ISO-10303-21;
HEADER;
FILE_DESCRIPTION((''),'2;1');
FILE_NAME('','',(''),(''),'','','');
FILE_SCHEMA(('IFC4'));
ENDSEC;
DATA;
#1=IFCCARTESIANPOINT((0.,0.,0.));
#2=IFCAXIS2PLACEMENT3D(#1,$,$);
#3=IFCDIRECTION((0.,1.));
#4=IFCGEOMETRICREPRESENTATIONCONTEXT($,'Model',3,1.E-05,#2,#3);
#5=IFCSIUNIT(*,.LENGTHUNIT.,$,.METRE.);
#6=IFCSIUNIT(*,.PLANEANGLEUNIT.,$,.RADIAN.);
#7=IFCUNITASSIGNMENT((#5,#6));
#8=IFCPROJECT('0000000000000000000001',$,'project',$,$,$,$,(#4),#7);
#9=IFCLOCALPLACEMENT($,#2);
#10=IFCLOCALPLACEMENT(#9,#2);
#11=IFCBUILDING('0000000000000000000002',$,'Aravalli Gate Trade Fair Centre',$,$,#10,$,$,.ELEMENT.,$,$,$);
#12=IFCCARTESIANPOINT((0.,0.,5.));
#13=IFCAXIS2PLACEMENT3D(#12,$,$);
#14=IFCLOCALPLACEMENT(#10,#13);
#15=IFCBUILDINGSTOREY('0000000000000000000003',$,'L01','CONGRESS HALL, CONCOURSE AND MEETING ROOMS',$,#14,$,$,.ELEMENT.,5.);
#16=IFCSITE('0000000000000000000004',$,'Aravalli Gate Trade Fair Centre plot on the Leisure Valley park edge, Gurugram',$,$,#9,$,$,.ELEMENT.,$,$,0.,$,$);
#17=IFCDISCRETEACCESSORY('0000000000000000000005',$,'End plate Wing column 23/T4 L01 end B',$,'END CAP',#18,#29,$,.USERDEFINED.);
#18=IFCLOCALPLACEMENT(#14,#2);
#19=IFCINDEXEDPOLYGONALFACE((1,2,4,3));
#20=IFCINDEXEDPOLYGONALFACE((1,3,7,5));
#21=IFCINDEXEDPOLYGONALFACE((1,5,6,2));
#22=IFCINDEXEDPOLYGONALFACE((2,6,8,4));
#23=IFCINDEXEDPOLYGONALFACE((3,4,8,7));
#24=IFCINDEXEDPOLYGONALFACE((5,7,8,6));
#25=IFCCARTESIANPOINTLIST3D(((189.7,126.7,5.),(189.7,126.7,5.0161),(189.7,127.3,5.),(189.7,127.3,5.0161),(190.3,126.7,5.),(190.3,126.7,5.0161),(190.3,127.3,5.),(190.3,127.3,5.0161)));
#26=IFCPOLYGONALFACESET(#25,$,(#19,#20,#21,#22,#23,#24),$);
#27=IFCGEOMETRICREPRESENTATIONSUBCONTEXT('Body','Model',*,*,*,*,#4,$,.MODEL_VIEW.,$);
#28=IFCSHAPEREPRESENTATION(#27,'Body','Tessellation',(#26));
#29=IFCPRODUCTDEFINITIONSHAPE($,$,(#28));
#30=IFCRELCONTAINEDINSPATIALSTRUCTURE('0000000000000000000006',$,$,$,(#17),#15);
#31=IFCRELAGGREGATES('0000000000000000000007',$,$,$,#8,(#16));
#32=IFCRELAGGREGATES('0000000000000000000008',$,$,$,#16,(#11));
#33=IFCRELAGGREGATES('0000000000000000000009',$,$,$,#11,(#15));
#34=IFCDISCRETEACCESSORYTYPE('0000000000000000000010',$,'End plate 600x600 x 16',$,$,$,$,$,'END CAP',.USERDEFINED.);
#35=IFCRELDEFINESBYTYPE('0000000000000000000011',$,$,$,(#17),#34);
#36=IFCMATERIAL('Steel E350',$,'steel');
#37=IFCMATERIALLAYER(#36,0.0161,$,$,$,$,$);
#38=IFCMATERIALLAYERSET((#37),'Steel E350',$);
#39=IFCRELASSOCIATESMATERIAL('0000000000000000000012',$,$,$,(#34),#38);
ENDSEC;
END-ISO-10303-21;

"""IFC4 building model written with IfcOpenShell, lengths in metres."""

from ifc_helpers import new_model, si_unit, direction, frame, origin, place, context, subcontext, project, spatial, polyline, outline, extrude, material, layer, layer_set, type_object, element, save


model = new_model("IFC4")

# Units and contexts
model_context = context("Model", 3, precision=1e-05, world=origin(), true_north=direction((0.0, 1.0)))
body_context = subcontext(model_context, "Body", "Model", "MODEL_VIEW")
ifc_project = project(units=[si_unit("LENGTHUNIT", "METRE"), si_unit("PLANEANGLEUNIT", "RADIAN")], contexts=[model_context])

# Site, building, storey
site_placement = place(None, origin())
site = spatial("IfcSite", under=ifc_project, at=site_placement, Name="Aravalli Gate Trade Fair Centre plot on the Leisure Valley park edge, Gurugram", CompositionType="ELEMENT", RefElevation=0.0)
building_placement = place(site_placement, origin())
building = spatial("IfcBuilding", under=site, at=building_placement, Name="Aravalli Gate Trade Fair Centre", CompositionType="ELEMENT")
storey_placement = place(building_placement, frame((0.0, 0.0, 5.0)))
storey = spatial("IfcBuildingStorey", under=building, at=storey_placement, Name="L01", Description="CONGRESS HALL, CONCOURSE AND MEETING ROOMS", CompositionType="ELEMENT", Elevation=5.0)

# Shared definitions
ifc_material_1 = material(Name="Steel E350", Category="steel")

# Discrete accessory
ifc_layer_1 = layer(ifc_material_1, 0.0161)
ifc_layer_set_1 = layer_set([ifc_layer_1], Name="Steel E350")
discrete_accessory_type = type_object("IfcDiscreteAccessoryType", Name="End plate 600x600 x 16", ElementType="END CAP", PredefinedType="USERDEFINED", material=ifc_layer_set_1)
for number, where, z_axis, x_axis, name in (
    (1, (189.7, 126.7, 5.0161), (0.0, 0.0, 1.0), (1.0, 0.0, 0.0), "End plate Wing column 23/T4 L01 end B"),
):
    element("IfcDiscreteAccessory", number, at=place(storey_placement, frame(where, z_axis=z_axis, x_axis=x_axis)), inside=storey, type_object=discrete_accessory_type, Name=name, ObjectType="END CAP", PredefinedType="USERDEFINED", context=body_context, shape_type="SweptSolid", body=[
        extrude(outline(polyline([(0.0, 0.0), (0.6001, 0.0), (0.6001, 0.6001), (0.0, 0.6001), (0.0, 0.0)])), origin(), (0.0, 0.0, -1.0), 0.0161),
    ])

save(model, "model.ifc")
